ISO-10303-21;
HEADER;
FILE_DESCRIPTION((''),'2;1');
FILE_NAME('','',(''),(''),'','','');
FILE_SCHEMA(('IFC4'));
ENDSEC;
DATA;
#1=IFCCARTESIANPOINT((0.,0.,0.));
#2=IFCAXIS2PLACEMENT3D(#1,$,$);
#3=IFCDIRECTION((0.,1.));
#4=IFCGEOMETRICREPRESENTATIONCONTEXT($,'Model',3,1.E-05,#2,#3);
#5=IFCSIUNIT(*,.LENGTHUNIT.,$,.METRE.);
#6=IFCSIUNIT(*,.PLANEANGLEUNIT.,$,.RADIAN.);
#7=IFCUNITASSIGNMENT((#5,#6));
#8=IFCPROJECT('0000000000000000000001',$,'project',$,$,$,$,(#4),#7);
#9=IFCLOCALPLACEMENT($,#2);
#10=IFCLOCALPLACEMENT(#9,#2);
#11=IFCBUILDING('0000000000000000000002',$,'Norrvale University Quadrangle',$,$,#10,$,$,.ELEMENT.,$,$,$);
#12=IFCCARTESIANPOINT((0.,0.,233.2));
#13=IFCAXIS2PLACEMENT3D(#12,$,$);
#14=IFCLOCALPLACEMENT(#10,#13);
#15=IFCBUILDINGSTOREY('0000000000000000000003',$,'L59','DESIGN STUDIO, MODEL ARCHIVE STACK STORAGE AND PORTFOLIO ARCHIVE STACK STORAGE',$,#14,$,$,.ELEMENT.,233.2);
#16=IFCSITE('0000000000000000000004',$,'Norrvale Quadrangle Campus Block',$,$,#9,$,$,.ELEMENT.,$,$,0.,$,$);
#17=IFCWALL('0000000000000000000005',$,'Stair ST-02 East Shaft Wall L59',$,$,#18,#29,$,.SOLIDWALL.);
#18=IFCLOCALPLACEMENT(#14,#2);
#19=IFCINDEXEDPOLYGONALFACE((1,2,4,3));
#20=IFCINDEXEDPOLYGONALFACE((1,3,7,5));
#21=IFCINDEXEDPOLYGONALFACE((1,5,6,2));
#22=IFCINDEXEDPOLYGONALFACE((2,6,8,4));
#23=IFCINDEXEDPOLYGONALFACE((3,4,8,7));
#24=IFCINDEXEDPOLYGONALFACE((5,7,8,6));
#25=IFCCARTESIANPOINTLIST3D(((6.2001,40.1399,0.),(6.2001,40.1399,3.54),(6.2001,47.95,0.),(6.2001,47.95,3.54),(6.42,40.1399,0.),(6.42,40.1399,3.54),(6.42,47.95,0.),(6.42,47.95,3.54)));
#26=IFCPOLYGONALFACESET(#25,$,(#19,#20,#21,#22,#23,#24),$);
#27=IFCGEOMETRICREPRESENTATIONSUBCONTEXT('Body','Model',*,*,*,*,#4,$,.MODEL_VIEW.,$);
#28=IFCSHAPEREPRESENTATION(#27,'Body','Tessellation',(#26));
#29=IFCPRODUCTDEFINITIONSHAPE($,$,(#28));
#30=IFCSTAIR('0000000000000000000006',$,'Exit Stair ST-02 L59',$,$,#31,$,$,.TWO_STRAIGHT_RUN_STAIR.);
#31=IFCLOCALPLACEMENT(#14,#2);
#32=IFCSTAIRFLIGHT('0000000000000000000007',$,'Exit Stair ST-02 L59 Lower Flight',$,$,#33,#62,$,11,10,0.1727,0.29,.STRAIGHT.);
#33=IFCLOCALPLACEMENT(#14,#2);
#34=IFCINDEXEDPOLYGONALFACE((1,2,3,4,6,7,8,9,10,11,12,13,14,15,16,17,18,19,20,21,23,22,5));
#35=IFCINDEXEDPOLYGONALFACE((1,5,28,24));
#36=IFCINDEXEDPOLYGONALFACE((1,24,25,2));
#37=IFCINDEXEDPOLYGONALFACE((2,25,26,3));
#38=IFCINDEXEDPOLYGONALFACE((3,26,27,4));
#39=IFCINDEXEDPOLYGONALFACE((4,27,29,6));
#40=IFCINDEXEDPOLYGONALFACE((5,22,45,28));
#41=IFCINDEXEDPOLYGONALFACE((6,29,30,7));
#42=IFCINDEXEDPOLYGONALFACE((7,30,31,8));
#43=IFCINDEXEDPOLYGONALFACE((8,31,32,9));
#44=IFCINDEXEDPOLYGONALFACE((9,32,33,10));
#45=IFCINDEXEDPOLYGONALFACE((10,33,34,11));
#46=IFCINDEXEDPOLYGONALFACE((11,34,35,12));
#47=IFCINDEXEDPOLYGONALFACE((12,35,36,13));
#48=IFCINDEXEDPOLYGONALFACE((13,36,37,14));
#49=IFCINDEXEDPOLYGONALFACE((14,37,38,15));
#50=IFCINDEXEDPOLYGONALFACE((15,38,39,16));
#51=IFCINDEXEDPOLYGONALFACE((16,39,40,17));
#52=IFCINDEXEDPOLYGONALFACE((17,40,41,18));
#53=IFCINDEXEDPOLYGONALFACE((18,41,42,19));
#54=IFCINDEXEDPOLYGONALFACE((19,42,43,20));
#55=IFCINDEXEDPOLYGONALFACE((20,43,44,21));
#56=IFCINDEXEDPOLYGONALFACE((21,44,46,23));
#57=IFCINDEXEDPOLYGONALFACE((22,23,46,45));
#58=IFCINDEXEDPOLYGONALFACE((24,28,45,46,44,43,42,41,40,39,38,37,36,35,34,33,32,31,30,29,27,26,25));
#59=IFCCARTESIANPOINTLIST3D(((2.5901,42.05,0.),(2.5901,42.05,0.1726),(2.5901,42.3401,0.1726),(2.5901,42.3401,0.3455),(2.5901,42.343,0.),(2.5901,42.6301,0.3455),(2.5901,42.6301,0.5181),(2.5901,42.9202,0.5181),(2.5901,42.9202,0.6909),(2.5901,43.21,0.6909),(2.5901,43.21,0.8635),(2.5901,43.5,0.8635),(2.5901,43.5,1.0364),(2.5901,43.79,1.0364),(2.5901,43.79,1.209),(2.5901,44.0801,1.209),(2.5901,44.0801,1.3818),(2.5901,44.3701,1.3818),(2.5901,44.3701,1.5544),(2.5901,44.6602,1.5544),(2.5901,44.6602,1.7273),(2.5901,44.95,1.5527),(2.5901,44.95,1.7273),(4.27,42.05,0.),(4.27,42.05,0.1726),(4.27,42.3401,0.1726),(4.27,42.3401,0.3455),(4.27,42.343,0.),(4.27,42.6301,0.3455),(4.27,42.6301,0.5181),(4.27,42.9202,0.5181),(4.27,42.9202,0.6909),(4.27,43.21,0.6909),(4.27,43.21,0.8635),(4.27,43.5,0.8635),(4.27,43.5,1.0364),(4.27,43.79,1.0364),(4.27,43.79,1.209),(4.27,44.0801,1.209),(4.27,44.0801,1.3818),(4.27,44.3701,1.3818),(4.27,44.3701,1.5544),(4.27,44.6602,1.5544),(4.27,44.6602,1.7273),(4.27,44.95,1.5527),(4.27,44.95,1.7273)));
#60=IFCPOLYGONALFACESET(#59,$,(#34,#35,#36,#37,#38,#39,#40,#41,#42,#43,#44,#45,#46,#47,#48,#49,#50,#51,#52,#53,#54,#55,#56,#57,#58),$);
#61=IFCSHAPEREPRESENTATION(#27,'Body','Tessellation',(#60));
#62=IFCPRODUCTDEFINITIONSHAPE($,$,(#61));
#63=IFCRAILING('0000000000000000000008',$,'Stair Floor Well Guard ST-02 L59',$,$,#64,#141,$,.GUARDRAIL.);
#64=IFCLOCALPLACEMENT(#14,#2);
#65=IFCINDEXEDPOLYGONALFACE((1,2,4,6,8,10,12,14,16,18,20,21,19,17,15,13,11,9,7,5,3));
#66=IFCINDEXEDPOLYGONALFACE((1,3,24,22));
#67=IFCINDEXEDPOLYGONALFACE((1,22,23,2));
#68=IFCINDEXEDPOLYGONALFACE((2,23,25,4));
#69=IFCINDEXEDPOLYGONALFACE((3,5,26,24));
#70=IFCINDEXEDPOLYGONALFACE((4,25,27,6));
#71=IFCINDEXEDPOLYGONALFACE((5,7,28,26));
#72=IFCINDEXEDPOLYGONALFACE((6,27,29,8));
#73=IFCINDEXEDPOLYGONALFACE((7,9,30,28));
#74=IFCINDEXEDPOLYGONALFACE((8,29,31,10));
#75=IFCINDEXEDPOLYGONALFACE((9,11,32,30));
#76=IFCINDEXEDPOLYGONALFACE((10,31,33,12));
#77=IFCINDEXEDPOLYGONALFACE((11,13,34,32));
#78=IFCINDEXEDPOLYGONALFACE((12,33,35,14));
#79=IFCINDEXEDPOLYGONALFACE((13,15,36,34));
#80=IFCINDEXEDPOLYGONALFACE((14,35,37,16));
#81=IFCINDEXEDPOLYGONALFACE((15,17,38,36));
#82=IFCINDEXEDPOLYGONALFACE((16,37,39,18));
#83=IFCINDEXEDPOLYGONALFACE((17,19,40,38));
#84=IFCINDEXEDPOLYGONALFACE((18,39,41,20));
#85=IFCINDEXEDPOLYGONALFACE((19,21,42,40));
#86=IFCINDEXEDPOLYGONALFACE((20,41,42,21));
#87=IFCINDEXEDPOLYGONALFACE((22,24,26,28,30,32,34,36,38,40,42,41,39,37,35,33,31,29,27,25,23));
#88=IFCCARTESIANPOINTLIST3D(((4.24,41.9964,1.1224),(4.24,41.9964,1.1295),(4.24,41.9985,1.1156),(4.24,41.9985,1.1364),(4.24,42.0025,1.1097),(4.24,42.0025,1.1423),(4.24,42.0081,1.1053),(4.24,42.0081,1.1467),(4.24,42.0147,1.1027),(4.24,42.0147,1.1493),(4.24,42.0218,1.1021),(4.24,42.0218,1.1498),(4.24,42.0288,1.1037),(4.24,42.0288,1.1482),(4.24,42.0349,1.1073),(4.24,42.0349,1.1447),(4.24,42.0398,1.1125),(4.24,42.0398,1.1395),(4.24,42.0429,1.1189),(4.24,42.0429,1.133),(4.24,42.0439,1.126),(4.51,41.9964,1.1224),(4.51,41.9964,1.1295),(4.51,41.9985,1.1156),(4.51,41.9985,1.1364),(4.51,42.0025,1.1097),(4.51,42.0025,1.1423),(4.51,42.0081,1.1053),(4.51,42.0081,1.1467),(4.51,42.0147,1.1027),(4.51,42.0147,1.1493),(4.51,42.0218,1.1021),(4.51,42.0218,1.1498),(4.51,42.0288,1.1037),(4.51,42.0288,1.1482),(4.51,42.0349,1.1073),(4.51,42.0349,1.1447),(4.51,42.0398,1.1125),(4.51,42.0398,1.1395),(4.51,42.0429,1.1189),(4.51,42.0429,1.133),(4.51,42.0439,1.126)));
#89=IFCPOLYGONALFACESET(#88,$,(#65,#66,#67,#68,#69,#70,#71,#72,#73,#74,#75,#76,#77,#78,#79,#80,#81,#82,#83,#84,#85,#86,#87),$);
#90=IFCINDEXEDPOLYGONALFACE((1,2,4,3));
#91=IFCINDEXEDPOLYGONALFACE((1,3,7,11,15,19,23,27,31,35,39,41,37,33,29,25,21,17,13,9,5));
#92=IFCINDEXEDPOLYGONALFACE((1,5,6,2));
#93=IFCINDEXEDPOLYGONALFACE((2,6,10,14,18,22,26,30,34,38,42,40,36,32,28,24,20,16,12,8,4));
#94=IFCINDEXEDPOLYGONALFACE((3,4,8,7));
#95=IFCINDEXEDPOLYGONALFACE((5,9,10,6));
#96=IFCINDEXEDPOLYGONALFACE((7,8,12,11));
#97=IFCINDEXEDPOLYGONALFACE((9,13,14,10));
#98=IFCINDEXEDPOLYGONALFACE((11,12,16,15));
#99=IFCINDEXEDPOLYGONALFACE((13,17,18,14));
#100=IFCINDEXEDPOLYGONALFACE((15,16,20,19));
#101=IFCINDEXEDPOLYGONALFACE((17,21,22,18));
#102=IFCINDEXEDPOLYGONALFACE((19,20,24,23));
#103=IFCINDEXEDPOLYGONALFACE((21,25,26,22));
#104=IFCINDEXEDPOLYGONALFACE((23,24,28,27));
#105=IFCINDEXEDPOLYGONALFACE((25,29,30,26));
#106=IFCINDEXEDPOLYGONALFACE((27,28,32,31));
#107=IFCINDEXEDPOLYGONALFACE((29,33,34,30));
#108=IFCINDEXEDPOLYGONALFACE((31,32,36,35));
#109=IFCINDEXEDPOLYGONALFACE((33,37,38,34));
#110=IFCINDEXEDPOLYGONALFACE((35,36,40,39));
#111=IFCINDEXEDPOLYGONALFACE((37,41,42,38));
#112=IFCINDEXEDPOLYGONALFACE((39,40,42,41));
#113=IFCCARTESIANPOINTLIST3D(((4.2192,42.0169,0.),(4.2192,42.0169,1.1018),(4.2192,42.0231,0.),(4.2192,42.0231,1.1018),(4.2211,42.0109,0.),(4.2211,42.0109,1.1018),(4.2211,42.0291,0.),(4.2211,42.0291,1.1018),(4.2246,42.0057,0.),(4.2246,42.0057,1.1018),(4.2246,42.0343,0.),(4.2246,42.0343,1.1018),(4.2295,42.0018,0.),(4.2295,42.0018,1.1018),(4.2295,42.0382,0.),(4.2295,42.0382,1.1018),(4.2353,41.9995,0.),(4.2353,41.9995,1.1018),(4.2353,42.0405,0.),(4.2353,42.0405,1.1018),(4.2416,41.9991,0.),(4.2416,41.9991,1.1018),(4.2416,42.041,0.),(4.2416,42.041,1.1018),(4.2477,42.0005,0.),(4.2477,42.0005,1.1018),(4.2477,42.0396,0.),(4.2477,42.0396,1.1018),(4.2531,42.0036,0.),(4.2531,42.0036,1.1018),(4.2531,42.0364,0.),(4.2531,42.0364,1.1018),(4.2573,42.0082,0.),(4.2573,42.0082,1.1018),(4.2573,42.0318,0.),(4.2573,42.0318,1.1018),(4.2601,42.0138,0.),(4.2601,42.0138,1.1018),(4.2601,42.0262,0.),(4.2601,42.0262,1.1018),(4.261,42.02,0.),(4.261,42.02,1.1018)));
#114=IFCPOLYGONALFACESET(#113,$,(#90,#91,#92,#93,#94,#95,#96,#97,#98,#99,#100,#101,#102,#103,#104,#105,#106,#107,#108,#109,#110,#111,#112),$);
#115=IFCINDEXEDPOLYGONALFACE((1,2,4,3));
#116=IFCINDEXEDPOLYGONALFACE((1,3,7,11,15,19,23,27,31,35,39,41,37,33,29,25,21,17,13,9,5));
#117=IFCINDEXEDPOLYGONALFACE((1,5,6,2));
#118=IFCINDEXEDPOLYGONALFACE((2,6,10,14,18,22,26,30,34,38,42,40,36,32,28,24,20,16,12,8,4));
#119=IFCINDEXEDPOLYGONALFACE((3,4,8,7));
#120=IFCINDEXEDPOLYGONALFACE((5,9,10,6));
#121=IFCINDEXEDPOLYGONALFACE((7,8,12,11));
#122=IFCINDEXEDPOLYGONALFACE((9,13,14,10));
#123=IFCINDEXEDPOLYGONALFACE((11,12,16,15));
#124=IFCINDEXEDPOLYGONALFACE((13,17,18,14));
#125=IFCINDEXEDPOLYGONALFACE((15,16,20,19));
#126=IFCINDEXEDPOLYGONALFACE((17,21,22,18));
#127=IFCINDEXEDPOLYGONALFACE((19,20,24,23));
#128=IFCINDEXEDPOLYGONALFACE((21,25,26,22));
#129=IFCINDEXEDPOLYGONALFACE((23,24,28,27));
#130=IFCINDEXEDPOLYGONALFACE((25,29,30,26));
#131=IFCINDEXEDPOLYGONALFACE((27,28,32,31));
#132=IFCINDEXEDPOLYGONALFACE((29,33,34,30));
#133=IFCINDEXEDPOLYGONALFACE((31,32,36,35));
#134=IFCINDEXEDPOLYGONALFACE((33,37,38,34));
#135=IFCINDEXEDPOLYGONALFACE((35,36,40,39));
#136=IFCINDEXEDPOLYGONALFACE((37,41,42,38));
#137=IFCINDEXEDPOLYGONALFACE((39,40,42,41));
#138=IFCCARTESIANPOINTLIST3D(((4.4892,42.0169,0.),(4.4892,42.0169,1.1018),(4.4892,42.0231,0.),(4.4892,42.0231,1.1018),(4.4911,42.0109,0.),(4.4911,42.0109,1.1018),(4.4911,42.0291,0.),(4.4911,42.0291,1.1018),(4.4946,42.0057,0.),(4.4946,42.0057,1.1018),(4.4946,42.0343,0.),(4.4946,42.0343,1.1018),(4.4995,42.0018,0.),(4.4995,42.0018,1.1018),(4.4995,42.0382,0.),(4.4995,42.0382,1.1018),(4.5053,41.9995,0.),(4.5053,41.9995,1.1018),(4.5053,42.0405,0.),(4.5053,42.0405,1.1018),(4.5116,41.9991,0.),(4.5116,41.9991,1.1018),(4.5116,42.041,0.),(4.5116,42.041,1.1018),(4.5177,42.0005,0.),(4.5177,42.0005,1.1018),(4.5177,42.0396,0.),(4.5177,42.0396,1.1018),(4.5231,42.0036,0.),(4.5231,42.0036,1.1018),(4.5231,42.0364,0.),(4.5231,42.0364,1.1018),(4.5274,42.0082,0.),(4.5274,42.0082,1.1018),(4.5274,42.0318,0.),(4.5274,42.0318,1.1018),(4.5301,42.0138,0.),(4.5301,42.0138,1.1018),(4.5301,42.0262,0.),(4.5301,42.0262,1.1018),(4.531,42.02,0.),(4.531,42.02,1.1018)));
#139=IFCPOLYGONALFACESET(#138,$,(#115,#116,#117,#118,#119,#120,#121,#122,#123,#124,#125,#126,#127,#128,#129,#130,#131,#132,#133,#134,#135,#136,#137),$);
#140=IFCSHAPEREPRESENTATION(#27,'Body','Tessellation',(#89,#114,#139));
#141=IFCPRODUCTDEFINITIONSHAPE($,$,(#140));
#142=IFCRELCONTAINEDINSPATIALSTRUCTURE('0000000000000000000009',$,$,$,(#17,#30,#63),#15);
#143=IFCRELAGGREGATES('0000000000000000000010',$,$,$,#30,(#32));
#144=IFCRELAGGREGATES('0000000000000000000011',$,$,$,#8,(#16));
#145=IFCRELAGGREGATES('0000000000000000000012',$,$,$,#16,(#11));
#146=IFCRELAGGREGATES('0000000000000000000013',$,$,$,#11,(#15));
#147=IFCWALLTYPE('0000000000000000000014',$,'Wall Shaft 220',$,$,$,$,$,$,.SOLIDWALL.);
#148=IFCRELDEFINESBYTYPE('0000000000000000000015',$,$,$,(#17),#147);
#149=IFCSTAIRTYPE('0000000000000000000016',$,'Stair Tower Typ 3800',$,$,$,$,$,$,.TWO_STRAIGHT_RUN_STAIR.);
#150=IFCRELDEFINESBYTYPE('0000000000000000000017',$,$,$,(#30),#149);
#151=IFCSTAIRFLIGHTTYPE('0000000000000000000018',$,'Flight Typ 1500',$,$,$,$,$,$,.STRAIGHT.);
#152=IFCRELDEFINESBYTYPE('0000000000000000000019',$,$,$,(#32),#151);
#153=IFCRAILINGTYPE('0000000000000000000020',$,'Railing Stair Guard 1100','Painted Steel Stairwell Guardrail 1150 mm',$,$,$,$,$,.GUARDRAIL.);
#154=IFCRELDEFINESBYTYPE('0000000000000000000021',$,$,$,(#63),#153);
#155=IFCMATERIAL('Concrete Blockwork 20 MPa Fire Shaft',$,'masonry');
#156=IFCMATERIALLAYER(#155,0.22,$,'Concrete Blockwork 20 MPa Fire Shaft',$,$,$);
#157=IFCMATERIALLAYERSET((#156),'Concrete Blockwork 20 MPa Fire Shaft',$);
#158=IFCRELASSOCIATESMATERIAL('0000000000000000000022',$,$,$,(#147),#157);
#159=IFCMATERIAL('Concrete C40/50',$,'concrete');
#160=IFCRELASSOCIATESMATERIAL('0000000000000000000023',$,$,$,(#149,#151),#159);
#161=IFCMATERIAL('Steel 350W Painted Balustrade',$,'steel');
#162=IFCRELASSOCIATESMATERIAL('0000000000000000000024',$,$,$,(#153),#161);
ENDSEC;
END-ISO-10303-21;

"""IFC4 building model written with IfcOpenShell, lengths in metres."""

from ifc_helpers import new_model, si_unit, direction, frame, frame_2d, origin, origin_2d, place, context, subcontext, project, spatial, polyline, rectangle, circle, outline, extrude, material, layer, layer_set, type_object, element, aggregate, save


model = new_model("IFC4")

# Units and contexts
model_context = context("Model", 3, precision=1e-05, world=origin(), true_north=direction((0.0, 1.0)))
body_context = subcontext(model_context, "Body", "Model", "MODEL_VIEW")
ifc_project = project(units=[si_unit("LENGTHUNIT", "METRE"), si_unit("PLANEANGLEUNIT", "RADIAN")], contexts=[model_context])

# Site, building, storey
site_placement = place(None, origin())
site = spatial("IfcSite", under=ifc_project, at=site_placement, Name="Norrvale Quadrangle Campus Block", CompositionType="ELEMENT", RefElevation=0.0)
building_placement = place(site_placement, origin())
building = spatial("IfcBuilding", under=site, at=building_placement, Name="Norrvale University Quadrangle", CompositionType="ELEMENT")
storey_placement = place(building_placement, frame((0.0, 0.0, 233.2)))
storey = spatial("IfcBuildingStorey", under=building, at=storey_placement, Name="L59", Description="DESIGN STUDIO, MODEL ARCHIVE STACK STORAGE AND PORTFOLIO ARCHIVE STACK STORAGE", CompositionType="ELEMENT", Elevation=233.2)

# Shared definitions
ifc_material_1 = material(Name="Concrete Blockwork 20 MPa Fire Shaft", Category="masonry")
ifc_layer_1 = layer(ifc_material_1, 0.22, Name="Concrete Blockwork 20 MPa Fire Shaft")
ifc_layer_set_1 = layer_set([ifc_layer_1], Name="Concrete Blockwork 20 MPa Fire Shaft")
wall_type_1 = type_object("IfcWallType", Name="Wall Shaft 220", PredefinedType="SOLIDWALL", material=ifc_layer_set_1)

# Wall
wall_1_placement = place(storey_placement, frame((6.3101, 40.1399, 0.0), z_axis=(0.0, 0.0, 1.0), x_axis=(0.0, 1.0, 0.0)))
element("IfcWall", 1, at=wall_1_placement, inside=storey, type_object=wall_type_1, Name="Stair ST-02 East Shaft Wall L59", PredefinedType="SOLIDWALL", context=body_context, shape_type="SweptSolid", body=[
    extrude(rectangle(XDim=7.8101, YDim=0.22, at=frame_2d((3.905, 0.0))), origin(), (0.0, 0.0, 1.0), 3.54),
])

# Stair, stair flight
ifc_material_2 = material(Name="Concrete C40/50", Category="concrete")
stair_type = type_object("IfcStairType", Name="Stair Tower Typ 3800", PredefinedType="TWO_STRAIGHT_RUN_STAIR", material=ifc_material_2)
stair_placement = place(storey_placement, origin())
stair = element("IfcStair", 2, at=stair_placement, inside=storey, type_object=stair_type, Name="Exit Stair ST-02 L59", PredefinedType="TWO_STRAIGHT_RUN_STAIR")
stair_flight_type = type_object("IfcStairFlightType", Name="Flight Typ 1500", PredefinedType="STRAIGHT", material=ifc_material_2)
stair_flight_placement = place(storey_placement, frame((3.4299, 42.05, 0.0), z_axis=(0.0, 0.0, 1.0), x_axis=(0.0, 1.0, 0.0)))
stair_flight = element("IfcStairFlight", 3, at=stair_flight_placement, type_object=stair_flight_type, Name="Exit Stair ST-02 L59 Lower Flight", NumberOfRisers=11, NumberOfTreads=10, PredefinedType="STRAIGHT", RiserHeight=0.1727, TreadLength=0.29, context=body_context, shape_type="SweptSolid", body=[
    extrude(outline(polyline([(0.0, 0.0), (0.0, 0.1726), (0.29, 0.1726), (0.29, 0.3455), (0.5801, 0.3455), (0.5801, 0.5181), (0.8701, 0.5181), (0.8701, 0.6909), (1.1599, 0.6909), (1.1599, 0.8635), (1.45, 0.8635), (1.45, 1.0364), (1.74, 1.0364), (1.74, 1.209), (2.03, 1.209), (2.03, 1.3818), (2.3201, 1.3818), (2.3201, 1.5544), (2.6101, 1.5544), (2.6101, 1.7273), (2.8999, 1.7273), (2.8999, 1.8999), (2.8999, 1.5527), (0.293, 0.0), (0.0, 0.0)])), frame((0.0, 0.8398, 0.0), z_axis=(0.0, -1.0, 0.0), x_axis=(1.0, 0.0, 0.0)), (0.0, 0.0, 1.0), 1.6799),
])
aggregate(stair, [stair_flight])

# Railing
ifc_material_3 = material(Name="Steel 350W Painted Balustrade", Category="steel")
railing_type_1 = type_object("IfcRailingType", Name="Railing Stair Guard 1100", Description="Painted Steel Stairwell Guardrail 1150 mm", PredefinedType="GUARDRAIL", material=ifc_material_3)
railing_1_placement = place(storey_placement, frame((4.24, 42.02, 0.0)))
element("IfcRailing", 4, at=railing_1_placement, inside=storey, type_object=railing_type_1, Name="Stair Floor Well Guard ST-02 L59", PredefinedType="GUARDRAIL", context=body_context, shape_type="SweptSolid", body=[
    extrude(circle(Radius=0.0239, at=origin_2d()), frame((0.0, 0.0, 1.126), z_axis=(1.0, 0.0, 0.0), x_axis=(0.0, 1.0, 0.0)), (0.0, 0.0, 1.0), 0.27),
    extrude(circle(Radius=0.021, at=origin_2d()), origin(), (0.0, 0.0, 1.0), 1.1018),
    extrude(circle(Radius=0.021, at=origin_2d()), frame((0.27, 0.0, 0.0)), (0.0, 0.0, 1.0), 1.1018),
])

save(model, "model.ifc")
